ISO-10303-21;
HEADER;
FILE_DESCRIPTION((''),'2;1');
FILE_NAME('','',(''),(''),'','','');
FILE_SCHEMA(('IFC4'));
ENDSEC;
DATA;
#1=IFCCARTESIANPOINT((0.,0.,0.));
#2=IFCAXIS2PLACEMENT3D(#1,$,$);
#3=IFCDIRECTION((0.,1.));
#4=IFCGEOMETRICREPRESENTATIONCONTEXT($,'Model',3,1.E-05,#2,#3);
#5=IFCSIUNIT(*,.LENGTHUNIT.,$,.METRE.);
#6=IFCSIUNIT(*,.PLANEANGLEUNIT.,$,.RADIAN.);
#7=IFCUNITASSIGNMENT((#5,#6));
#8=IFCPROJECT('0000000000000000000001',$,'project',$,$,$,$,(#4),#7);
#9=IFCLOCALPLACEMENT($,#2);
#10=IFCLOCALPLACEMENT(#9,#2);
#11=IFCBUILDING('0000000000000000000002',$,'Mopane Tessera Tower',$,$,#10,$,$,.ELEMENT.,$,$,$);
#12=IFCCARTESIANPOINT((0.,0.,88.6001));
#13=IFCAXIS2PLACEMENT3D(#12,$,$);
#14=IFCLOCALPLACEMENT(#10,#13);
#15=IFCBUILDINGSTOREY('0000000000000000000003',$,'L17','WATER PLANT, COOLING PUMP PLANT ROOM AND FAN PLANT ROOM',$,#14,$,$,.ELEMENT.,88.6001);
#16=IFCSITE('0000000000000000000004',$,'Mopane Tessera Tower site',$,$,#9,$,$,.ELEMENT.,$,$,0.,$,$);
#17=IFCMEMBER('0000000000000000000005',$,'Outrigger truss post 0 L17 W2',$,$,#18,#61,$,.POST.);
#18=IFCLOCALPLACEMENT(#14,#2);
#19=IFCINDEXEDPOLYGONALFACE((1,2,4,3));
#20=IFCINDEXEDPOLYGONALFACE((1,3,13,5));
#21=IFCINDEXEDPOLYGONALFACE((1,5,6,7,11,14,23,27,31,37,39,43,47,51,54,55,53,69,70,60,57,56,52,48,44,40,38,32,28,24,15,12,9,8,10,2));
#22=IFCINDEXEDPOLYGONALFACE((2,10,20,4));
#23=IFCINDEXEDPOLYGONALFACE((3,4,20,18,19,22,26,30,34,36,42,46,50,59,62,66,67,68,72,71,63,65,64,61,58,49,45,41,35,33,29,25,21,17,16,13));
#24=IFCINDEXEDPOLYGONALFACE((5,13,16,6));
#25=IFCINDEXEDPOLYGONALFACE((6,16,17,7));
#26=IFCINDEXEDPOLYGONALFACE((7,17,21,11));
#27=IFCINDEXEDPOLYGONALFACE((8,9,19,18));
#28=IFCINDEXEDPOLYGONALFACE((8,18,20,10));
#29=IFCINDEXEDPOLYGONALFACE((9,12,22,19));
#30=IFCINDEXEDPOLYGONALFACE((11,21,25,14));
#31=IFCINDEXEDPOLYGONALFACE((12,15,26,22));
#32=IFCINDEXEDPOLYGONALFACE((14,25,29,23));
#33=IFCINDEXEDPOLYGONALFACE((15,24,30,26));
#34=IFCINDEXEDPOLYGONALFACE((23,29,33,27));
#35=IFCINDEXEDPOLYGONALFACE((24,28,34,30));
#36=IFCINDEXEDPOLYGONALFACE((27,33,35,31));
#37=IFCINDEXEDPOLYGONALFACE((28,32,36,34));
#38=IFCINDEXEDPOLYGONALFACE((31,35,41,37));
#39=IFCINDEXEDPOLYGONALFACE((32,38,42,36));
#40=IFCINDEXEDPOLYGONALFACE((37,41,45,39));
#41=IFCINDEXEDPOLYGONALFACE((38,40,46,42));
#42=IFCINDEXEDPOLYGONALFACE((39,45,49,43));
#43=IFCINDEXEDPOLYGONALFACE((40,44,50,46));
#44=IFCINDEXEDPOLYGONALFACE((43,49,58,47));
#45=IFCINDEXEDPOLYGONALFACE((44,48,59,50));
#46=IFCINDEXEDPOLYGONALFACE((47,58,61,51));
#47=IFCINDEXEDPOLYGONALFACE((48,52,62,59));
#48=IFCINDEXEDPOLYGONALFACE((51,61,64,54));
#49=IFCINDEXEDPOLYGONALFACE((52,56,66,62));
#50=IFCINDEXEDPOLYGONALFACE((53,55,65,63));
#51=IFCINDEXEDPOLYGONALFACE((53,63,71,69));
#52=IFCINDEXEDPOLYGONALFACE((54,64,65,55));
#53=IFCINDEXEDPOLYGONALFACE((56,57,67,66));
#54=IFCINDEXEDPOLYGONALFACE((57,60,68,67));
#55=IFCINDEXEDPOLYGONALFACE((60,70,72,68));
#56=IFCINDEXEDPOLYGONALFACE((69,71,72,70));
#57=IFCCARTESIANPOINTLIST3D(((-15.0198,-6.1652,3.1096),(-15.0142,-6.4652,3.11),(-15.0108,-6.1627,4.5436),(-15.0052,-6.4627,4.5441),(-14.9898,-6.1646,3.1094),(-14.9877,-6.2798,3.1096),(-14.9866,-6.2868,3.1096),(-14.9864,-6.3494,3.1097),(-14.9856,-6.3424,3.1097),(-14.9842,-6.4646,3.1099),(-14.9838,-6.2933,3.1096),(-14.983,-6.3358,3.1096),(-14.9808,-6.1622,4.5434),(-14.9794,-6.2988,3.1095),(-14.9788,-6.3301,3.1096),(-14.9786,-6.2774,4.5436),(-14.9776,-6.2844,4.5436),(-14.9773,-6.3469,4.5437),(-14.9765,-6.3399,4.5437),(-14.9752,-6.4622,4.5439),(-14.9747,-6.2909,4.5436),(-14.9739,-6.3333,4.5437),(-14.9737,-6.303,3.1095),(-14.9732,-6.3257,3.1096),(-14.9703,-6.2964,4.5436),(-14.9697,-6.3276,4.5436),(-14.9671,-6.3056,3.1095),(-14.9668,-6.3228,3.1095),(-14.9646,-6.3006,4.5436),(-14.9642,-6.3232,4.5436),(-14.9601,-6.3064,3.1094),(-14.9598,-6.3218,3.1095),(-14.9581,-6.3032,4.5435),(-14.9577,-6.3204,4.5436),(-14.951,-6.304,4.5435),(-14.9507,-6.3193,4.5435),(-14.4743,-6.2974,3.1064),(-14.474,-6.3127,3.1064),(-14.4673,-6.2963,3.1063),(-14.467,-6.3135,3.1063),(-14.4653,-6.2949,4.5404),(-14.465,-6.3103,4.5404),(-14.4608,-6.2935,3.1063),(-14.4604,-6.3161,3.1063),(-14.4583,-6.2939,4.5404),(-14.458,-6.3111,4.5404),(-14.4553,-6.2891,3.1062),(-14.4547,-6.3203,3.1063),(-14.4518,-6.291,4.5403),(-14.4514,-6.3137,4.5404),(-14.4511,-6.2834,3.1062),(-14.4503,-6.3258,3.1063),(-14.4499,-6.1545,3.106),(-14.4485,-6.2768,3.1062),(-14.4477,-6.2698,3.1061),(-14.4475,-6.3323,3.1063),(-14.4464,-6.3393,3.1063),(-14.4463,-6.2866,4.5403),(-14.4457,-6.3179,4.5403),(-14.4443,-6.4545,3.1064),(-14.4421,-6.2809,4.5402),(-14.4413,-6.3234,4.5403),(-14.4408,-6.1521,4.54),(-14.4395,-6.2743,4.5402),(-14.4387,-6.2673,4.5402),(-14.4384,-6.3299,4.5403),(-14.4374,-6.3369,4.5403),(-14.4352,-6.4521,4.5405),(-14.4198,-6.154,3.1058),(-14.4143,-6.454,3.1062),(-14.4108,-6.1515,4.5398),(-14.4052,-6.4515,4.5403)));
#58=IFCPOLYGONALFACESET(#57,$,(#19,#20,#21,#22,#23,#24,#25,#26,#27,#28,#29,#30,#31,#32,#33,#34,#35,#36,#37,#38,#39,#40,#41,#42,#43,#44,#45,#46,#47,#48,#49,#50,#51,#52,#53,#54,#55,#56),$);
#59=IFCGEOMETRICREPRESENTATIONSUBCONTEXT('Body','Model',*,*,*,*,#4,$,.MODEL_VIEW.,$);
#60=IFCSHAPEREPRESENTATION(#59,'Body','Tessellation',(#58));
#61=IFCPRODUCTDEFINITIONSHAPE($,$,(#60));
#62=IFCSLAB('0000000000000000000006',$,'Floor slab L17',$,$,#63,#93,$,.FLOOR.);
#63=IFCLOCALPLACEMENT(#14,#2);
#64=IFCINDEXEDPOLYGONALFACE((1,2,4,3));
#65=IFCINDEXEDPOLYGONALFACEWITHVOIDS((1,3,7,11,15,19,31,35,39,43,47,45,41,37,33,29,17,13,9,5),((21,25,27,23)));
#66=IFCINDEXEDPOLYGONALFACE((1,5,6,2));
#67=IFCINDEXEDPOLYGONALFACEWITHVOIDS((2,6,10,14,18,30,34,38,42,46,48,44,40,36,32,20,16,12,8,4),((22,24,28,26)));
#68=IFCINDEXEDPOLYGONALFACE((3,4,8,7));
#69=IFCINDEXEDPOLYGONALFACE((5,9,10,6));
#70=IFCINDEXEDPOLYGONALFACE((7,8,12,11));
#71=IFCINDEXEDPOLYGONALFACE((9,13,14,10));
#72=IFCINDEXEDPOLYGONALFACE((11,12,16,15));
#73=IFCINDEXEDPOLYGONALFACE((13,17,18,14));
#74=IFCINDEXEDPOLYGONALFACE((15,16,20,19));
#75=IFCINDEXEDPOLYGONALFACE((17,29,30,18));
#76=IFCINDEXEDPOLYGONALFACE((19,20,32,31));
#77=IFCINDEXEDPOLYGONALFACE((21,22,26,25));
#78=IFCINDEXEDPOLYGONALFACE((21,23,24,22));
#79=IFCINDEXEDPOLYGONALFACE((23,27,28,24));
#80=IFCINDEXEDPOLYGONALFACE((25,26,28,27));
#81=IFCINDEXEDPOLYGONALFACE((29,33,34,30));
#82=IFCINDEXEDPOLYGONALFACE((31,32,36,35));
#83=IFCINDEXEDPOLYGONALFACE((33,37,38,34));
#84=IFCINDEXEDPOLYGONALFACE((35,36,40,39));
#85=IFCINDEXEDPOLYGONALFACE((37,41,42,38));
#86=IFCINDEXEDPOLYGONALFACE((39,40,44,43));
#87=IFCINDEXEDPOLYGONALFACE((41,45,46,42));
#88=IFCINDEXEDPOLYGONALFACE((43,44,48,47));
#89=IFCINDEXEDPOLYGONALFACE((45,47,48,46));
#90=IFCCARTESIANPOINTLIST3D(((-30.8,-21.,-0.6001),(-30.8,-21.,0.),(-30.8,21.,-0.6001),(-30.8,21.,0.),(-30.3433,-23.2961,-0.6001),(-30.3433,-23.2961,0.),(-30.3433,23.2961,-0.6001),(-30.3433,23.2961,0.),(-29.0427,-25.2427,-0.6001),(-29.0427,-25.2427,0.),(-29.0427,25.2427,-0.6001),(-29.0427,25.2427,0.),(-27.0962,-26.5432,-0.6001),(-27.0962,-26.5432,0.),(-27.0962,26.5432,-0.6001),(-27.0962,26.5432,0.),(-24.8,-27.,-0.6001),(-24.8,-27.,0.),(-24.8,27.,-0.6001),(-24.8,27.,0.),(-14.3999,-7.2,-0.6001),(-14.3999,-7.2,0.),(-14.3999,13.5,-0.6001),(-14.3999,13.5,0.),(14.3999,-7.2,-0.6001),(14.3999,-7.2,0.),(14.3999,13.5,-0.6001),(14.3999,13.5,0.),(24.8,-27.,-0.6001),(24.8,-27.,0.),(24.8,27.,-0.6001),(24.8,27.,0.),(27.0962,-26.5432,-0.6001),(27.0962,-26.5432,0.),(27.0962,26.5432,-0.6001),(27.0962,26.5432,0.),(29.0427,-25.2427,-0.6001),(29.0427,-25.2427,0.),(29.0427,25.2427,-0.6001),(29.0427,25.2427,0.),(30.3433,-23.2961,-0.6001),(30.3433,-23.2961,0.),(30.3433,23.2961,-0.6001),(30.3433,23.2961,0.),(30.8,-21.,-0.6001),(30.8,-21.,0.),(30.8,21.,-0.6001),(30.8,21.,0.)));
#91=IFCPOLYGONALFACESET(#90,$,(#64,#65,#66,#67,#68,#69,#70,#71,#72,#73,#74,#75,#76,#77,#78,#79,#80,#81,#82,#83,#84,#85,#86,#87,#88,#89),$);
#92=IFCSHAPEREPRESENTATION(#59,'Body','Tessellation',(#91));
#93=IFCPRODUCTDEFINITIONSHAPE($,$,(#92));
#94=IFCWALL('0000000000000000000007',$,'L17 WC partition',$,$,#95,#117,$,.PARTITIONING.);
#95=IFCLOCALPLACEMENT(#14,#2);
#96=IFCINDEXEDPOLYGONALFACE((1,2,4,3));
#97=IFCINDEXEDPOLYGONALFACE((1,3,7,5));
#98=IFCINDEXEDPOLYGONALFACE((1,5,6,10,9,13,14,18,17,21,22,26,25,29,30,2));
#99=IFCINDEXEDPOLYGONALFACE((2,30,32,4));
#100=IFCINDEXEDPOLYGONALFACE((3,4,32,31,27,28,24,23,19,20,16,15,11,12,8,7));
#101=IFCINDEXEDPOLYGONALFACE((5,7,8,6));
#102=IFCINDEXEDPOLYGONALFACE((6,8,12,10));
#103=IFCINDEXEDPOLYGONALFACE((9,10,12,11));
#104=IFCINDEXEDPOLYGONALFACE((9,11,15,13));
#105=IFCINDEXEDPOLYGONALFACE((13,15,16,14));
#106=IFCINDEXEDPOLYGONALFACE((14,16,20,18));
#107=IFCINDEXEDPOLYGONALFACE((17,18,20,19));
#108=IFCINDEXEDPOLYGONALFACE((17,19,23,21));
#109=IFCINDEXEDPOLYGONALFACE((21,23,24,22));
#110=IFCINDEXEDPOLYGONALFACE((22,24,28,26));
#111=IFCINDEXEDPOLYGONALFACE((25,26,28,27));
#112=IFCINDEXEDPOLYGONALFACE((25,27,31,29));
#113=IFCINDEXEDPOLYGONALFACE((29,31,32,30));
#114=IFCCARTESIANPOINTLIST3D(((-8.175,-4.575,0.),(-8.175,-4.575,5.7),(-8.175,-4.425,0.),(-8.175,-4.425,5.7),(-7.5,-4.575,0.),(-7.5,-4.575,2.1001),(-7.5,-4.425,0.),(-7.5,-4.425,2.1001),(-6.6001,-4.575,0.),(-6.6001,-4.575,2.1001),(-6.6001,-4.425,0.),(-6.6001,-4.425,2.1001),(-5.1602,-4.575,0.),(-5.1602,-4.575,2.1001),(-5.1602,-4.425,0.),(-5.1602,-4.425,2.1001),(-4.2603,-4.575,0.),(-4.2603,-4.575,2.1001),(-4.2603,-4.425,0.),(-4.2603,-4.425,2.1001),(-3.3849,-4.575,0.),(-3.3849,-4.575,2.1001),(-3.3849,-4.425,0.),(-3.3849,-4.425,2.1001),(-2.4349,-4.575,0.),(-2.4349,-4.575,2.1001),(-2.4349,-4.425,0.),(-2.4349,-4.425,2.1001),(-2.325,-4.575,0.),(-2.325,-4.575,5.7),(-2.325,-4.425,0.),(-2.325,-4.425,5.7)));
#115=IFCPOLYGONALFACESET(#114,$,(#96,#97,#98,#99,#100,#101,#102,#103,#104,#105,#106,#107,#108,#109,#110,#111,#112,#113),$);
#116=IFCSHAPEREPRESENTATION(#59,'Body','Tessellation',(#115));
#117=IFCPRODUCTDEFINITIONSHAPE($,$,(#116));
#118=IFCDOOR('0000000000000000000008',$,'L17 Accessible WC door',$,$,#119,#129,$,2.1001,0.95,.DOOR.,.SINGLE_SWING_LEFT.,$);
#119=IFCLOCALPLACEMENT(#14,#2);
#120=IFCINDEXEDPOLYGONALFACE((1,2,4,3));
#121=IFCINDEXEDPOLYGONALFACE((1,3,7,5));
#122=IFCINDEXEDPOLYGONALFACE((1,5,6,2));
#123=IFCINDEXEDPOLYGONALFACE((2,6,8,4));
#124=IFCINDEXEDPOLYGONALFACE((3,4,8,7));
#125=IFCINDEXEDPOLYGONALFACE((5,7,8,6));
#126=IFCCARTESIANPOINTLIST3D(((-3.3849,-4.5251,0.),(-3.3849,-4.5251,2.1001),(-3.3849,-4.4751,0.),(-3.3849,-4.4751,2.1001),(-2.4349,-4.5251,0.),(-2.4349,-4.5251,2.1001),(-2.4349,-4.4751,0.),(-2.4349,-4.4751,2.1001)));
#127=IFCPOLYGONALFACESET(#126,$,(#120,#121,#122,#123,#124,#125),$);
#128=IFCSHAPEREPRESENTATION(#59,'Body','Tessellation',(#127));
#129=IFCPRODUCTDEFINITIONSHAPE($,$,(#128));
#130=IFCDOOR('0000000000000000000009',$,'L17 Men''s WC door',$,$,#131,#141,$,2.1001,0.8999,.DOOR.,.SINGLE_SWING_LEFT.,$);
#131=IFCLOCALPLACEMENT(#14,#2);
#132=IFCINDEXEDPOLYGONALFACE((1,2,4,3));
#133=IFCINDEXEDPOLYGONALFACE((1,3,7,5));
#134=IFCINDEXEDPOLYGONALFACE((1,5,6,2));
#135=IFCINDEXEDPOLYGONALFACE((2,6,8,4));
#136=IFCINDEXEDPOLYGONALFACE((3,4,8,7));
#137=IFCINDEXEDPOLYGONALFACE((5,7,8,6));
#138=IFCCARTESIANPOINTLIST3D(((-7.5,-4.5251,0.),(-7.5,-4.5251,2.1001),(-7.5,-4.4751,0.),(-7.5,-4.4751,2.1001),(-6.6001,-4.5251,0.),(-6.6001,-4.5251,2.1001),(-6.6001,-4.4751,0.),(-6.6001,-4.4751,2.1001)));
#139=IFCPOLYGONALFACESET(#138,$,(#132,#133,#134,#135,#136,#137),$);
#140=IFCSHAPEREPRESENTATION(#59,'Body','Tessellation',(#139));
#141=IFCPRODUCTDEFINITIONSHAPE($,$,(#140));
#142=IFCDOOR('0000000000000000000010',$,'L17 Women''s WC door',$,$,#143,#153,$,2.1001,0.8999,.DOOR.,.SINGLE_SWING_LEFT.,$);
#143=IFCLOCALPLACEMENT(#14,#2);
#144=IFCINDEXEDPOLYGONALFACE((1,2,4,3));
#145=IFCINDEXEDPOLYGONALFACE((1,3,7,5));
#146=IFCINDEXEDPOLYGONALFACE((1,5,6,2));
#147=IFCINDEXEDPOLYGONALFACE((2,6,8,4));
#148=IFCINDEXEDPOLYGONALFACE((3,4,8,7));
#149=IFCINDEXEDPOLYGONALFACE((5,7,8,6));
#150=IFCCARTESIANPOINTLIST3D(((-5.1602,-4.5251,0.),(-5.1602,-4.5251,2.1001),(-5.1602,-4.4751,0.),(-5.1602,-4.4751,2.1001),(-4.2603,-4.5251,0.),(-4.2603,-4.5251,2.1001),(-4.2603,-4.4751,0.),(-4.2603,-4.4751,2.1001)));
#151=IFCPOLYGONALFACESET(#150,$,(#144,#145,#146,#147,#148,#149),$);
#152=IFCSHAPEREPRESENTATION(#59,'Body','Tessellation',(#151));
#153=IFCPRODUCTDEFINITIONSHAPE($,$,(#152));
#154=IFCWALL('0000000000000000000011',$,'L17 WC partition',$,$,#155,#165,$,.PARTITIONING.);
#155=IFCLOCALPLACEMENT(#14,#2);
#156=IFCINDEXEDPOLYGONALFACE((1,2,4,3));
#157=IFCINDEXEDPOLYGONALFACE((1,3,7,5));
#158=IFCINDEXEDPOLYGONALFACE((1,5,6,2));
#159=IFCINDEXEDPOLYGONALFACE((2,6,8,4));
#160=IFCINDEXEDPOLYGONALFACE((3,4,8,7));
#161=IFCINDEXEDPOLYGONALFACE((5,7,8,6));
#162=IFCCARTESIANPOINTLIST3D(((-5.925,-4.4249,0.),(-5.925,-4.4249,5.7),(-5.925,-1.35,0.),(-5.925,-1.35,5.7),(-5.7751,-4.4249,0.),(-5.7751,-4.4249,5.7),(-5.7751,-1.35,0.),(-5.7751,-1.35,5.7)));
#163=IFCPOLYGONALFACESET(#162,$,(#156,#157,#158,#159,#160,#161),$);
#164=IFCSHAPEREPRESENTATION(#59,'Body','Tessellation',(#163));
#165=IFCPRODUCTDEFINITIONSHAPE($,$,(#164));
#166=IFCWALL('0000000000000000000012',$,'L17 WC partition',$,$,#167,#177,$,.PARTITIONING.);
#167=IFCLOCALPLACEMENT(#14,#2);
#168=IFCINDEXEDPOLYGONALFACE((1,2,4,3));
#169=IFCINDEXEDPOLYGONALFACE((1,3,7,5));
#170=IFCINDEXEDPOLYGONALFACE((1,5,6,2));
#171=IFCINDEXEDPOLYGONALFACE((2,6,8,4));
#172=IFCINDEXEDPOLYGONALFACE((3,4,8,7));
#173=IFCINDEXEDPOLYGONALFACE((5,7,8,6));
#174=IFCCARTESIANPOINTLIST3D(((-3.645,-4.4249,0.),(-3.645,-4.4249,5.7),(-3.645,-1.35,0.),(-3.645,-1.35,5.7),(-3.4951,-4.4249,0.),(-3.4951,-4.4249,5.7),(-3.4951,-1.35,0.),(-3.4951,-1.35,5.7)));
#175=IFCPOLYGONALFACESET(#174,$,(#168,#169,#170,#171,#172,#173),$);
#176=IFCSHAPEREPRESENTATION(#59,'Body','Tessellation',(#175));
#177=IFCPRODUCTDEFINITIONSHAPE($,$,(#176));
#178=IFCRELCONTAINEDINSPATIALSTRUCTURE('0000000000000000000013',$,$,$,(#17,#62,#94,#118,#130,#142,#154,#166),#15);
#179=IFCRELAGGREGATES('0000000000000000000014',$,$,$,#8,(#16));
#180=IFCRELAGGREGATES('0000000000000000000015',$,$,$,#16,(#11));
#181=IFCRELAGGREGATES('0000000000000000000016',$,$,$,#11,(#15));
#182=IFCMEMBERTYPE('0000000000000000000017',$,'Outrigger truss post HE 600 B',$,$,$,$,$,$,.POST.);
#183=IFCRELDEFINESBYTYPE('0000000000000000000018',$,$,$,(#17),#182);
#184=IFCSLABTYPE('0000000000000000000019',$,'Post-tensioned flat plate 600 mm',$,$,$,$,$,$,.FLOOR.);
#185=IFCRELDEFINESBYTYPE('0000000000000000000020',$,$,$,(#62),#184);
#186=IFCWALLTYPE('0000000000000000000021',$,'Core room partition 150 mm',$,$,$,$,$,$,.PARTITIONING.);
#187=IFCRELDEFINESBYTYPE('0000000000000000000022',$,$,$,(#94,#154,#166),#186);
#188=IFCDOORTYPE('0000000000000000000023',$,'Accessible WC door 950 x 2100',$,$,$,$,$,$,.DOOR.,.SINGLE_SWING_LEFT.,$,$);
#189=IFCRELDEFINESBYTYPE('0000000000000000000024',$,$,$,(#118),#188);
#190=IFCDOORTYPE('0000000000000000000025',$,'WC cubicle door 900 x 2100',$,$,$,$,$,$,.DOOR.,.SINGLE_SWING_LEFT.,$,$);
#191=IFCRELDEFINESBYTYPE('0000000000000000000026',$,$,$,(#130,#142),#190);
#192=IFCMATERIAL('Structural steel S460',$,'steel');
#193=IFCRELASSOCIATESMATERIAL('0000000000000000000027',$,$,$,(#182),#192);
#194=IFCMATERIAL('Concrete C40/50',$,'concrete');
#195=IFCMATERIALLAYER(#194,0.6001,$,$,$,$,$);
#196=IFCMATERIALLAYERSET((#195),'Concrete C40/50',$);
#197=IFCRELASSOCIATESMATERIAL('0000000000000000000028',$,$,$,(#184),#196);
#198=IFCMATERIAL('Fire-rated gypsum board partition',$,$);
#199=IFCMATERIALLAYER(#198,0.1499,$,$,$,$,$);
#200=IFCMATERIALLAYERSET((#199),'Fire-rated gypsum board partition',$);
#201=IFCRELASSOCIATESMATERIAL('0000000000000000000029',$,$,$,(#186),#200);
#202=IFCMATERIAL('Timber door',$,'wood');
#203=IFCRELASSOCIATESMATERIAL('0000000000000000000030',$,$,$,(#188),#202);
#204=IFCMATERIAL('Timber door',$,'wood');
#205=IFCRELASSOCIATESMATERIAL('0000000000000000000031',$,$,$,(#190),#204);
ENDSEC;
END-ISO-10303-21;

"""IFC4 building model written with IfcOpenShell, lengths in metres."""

from ifc_helpers import new_model, si_unit, direction, frame, frame_2d, origin, origin_2d, place, context, subcontext, project, spatial, polyline, rectangle, i_section, outline, extrude, material, layer, layer_set, material_profile, profile_set, type_object, element, fill, save


model = new_model("IFC4")

# Units and contexts
model_context = context("Model", 3, precision=1e-05, world=origin(), true_north=direction((0.0, 1.0)))
body_context = subcontext(model_context, "Body", "Model", "MODEL_VIEW")
ifc_project = project(units=[si_unit("LENGTHUNIT", "METRE"), si_unit("PLANEANGLEUNIT", "RADIAN")], contexts=[model_context])

# Site, building, storey
site_placement = place(None, origin())
site = spatial("IfcSite", under=ifc_project, at=site_placement, Name="Mopane Tessera Tower site", CompositionType="ELEMENT", RefElevation=0.0)
building_placement = place(site_placement, origin())
building = spatial("IfcBuilding", under=site, at=building_placement, Name="Mopane Tessera Tower", CompositionType="ELEMENT")
storey_placement = place(building_placement, frame((0.0, 0.0, 88.6001)))
storey = spatial("IfcBuildingStorey", under=building, at=storey_placement, Name="L17", Description="WATER PLANT, COOLING PUMP PLANT ROOM AND FAN PLANT ROOM", CompositionType="ELEMENT", Elevation=88.6001)

# Member
ifc_material_1 = material(Name="Structural steel S460", Category="steel")
ifc_material_profile_1 = material_profile(ifc_material_1, i_section(OverallWidth=0.3, OverallDepth=0.6001, WebThickness=0.0154, FlangeThickness=0.03, FilletRadius=0.0271, at=origin_2d()))
ifc_profile_set_1 = profile_set([ifc_material_profile_1], Name="Structural steel S460")
member_type_1 = type_object("IfcMemberType", Name="Outrigger truss post HE 600 B", PredefinedType="POST", material=ifc_profile_set_1)
member_1_placement = place(storey_placement, frame((-14.717, -6.3096, 3.1079), z_axis=(0.006299, 0.001702, 0.999979), x_axis=(0.018652, -0.999825, 0.001585)))
element("IfcMember", 1, at=member_1_placement, inside=storey, type_object=member_type_1, Name="Outrigger truss post 0 L17 W2", PredefinedType="POST", context=body_context, shape_type="SweptSolid", body=[
    extrude(i_section(OverallWidth=0.3, OverallDepth=0.6001, WebThickness=0.0154, FlangeThickness=0.03, FilletRadius=0.0271, at=origin_2d()), origin(), (0.0, 0.0, 1.0), 1.4341),
])

# Slab
ifc_material_2 = material(Name="Concrete C40/50", Category="concrete")
ifc_layer_1 = layer(ifc_material_2, 0.6001)
ifc_layer_set_1 = layer_set([ifc_layer_1], Name="Concrete C40/50")
slab_type = type_object("IfcSlabType", Name="Post-tensioned flat plate 600 mm", PredefinedType="FLOOR", material=ifc_layer_set_1)
slab_placement = place(storey_placement, frame((0.0, 0.0, -0.6001)))
element("IfcSlab", 2, at=slab_placement, inside=storey, type_object=slab_type, Name="Floor slab L17", PredefinedType="FLOOR", context=body_context, shape_type="SweptSolid", body=[
    extrude(outline(polyline([(-24.8, -27.0), (24.8, -27.0), (27.0962, -26.5432), (29.0427, -25.2427), (30.3433, -23.2961), (30.8, -21.0), (30.8, 21.0), (30.3433, 23.2961), (29.0427, 25.2427), (27.0962, 26.5432), (24.8, 27.0), (-24.8, 27.0), (-27.0962, 26.5432), (-29.0427, 25.2427), (-30.3433, 23.2961), (-30.8, 21.0), (-30.8, -21.0), (-30.3433, -23.2961), (-29.0427, -25.2427), (-27.0962, -26.5432), (-24.8, -27.0)]), holes=[polyline([(14.3999, -7.2), (-14.3999, -7.2), (-14.3999, 13.5), (14.3999, 13.5), (14.3999, -7.2)])]), origin(), (0.0, 0.0, 1.0), 0.6001),
])

# Wall, openings, doors
ifc_material_3 = material(Name="Fire-rated gypsum board partition")
ifc_layer_2 = layer(ifc_material_3, 0.1499)
ifc_layer_set_2 = layer_set([ifc_layer_2], Name="Fire-rated gypsum board partition")
wall_type_1 = type_object("IfcWallType", Name="Core room partition 150 mm", PredefinedType="PARTITIONING", material=ifc_layer_set_2)
wall_1_placement = place(storey_placement, frame((-8.175, -4.5, 0.0), z_axis=(0.0, 0.0, 1.0), x_axis=(1.0, 0.0, 0.0)))
wall_1 = element("IfcWall", 3, at=wall_1_placement, inside=storey, type_object=wall_type_1, Name="L17 WC partition", PredefinedType="PARTITIONING", context=body_context, shape_type="SweptSolid", body=[
    extrude(rectangle(XDim=5.8501, YDim=0.1499, at=frame_2d((2.925, 0.0))), origin(), (0.0, 0.0, 1.0), 5.7),
])
opening_1_placement = place(wall_1_placement, frame((0.675, 0.0, 0.0)))
opening_1 = element("IfcOpeningElement", 4, at=opening_1_placement, cuts=wall_1, PredefinedType="OPENING", context=body_context, shape_type="SweptSolid", body=[
    extrude(rectangle(XDim=0.8999, YDim=2.1001, at=frame_2d((0.45, 1.05))), frame((0.0, 0.0869, 0.0), z_axis=(0.0, -1.0, 0.0), x_axis=(1.0, 0.0, 0.0)), (0.0, 0.0, 1.0), 0.1738),
])
opening_2_placement = place(wall_1_placement, frame((3.0149, 0.0, 0.0)))
opening_2 = element("IfcOpeningElement", 5, at=opening_2_placement, cuts=wall_1, PredefinedType="OPENING", context=body_context, shape_type="SweptSolid", body=[
    extrude(rectangle(XDim=0.8999, YDim=2.1001, at=frame_2d((0.45, 1.05))), frame((0.0, 0.0869, 0.0), z_axis=(0.0, -1.0, 0.0), x_axis=(1.0, 0.0, 0.0)), (0.0, 0.0, 1.0), 0.1738),
])
opening_3_placement = place(wall_1_placement, frame((4.79, 0.0, 0.0)))
opening_3 = element("IfcOpeningElement", 6, at=opening_3_placement, cuts=wall_1, PredefinedType="OPENING", context=body_context, shape_type="SweptSolid", body=[
    extrude(rectangle(XDim=0.95, YDim=2.1001, at=frame_2d((0.4751, 1.05))), frame((0.0, 0.0869, 0.0), z_axis=(0.0, -1.0, 0.0), x_axis=(1.0, 0.0, 0.0)), (0.0, 0.0, 1.0), 0.1738),
])
ifc_material_4 = material(Name="Timber door", Category="wood")
door_type_1 = type_object("IfcDoorType", Name="Accessible WC door 950 x 2100", OperationType="SINGLE_SWING_LEFT", PredefinedType="DOOR", material=ifc_material_4)
door_1_placement = place(opening_3_placement, origin())
door_1 = element("IfcDoor", 7, at=door_1_placement, inside=storey, type_object=door_type_1, Name="L17 Accessible WC door", OperationType="SINGLE_SWING_LEFT", OverallHeight=2.1001, OverallWidth=0.95, PredefinedType="DOOR", context=body_context, shape_type="SweptSolid", body=[
    extrude(rectangle(XDim=0.95, YDim=2.1001, at=frame_2d((0.4751, 1.05))), frame((0.0, 0.0249, 0.0), z_axis=(0.0, -1.0, 0.0), x_axis=(1.0, 0.0, 0.0)), (0.0, 0.0, 1.0), 0.05),
])
fill(opening_3, door_1)
ifc_material_5 = material(Name="Timber door", Category="wood")
door_type_2 = type_object("IfcDoorType", Name="WC cubicle door 900 x 2100", OperationType="SINGLE_SWING_LEFT", PredefinedType="DOOR", material=ifc_material_5)
door_2_placement = place(opening_1_placement, origin())
door_2 = element("IfcDoor", 8, at=door_2_placement, inside=storey, type_object=door_type_2, Name="L17 Men's WC door", OperationType="SINGLE_SWING_LEFT", OverallHeight=2.1001, OverallWidth=0.8999, PredefinedType="DOOR", context=body_context, shape_type="SweptSolid", body=[
    extrude(rectangle(XDim=0.8999, YDim=2.1001, at=frame_2d((0.45, 1.05))), frame((0.0, 0.0249, 0.0), z_axis=(0.0, -1.0, 0.0), x_axis=(1.0, 0.0, 0.0)), (0.0, 0.0, 1.0), 0.05),
])
fill(opening_1, door_2)
door_3_placement = place(opening_2_placement, origin())
door_3 = element("IfcDoor", 9, at=door_3_placement, inside=storey, type_object=door_type_2, Name="L17 Women's WC door", OperationType="SINGLE_SWING_LEFT", OverallHeight=2.1001, OverallWidth=0.8999, PredefinedType="DOOR", context=body_context, shape_type="SweptSolid", body=[
    extrude(rectangle(XDim=0.8999, YDim=2.1001, at=frame_2d((0.45, 1.05))), frame((0.0, 0.0249, 0.0), z_axis=(0.0, -1.0, 0.0), x_axis=(1.0, 0.0, 0.0)), (0.0, 0.0, 1.0), 0.05),
])
fill(opening_2, door_3)

# Walls
for number, where, z_axis, x_axis, name in (
    (10, (-5.8501, -4.425, 0.0), (0.0, 0.0, 1.0), (0.0, 1.0, 0.0), "L17 WC partition"),
    (11, (-3.5701, -4.425, 0.0), (0.0, 0.0, 1.0), (0.0, 1.0, 0.0), "L17 WC partition"),
):
    element("IfcWall", number, at=place(storey_placement, frame(where, z_axis=z_axis, x_axis=x_axis)), inside=storey, type_object=wall_type_1, Name=name, PredefinedType="PARTITIONING", context=body_context, shape_type="SweptSolid", body=[
        extrude(rectangle(XDim=3.075, YDim=0.1499, at=frame_2d((1.5376, 0.0))), origin(), (0.0, 0.0, 1.0), 5.7),
    ])

save(model, "model.ifc")
